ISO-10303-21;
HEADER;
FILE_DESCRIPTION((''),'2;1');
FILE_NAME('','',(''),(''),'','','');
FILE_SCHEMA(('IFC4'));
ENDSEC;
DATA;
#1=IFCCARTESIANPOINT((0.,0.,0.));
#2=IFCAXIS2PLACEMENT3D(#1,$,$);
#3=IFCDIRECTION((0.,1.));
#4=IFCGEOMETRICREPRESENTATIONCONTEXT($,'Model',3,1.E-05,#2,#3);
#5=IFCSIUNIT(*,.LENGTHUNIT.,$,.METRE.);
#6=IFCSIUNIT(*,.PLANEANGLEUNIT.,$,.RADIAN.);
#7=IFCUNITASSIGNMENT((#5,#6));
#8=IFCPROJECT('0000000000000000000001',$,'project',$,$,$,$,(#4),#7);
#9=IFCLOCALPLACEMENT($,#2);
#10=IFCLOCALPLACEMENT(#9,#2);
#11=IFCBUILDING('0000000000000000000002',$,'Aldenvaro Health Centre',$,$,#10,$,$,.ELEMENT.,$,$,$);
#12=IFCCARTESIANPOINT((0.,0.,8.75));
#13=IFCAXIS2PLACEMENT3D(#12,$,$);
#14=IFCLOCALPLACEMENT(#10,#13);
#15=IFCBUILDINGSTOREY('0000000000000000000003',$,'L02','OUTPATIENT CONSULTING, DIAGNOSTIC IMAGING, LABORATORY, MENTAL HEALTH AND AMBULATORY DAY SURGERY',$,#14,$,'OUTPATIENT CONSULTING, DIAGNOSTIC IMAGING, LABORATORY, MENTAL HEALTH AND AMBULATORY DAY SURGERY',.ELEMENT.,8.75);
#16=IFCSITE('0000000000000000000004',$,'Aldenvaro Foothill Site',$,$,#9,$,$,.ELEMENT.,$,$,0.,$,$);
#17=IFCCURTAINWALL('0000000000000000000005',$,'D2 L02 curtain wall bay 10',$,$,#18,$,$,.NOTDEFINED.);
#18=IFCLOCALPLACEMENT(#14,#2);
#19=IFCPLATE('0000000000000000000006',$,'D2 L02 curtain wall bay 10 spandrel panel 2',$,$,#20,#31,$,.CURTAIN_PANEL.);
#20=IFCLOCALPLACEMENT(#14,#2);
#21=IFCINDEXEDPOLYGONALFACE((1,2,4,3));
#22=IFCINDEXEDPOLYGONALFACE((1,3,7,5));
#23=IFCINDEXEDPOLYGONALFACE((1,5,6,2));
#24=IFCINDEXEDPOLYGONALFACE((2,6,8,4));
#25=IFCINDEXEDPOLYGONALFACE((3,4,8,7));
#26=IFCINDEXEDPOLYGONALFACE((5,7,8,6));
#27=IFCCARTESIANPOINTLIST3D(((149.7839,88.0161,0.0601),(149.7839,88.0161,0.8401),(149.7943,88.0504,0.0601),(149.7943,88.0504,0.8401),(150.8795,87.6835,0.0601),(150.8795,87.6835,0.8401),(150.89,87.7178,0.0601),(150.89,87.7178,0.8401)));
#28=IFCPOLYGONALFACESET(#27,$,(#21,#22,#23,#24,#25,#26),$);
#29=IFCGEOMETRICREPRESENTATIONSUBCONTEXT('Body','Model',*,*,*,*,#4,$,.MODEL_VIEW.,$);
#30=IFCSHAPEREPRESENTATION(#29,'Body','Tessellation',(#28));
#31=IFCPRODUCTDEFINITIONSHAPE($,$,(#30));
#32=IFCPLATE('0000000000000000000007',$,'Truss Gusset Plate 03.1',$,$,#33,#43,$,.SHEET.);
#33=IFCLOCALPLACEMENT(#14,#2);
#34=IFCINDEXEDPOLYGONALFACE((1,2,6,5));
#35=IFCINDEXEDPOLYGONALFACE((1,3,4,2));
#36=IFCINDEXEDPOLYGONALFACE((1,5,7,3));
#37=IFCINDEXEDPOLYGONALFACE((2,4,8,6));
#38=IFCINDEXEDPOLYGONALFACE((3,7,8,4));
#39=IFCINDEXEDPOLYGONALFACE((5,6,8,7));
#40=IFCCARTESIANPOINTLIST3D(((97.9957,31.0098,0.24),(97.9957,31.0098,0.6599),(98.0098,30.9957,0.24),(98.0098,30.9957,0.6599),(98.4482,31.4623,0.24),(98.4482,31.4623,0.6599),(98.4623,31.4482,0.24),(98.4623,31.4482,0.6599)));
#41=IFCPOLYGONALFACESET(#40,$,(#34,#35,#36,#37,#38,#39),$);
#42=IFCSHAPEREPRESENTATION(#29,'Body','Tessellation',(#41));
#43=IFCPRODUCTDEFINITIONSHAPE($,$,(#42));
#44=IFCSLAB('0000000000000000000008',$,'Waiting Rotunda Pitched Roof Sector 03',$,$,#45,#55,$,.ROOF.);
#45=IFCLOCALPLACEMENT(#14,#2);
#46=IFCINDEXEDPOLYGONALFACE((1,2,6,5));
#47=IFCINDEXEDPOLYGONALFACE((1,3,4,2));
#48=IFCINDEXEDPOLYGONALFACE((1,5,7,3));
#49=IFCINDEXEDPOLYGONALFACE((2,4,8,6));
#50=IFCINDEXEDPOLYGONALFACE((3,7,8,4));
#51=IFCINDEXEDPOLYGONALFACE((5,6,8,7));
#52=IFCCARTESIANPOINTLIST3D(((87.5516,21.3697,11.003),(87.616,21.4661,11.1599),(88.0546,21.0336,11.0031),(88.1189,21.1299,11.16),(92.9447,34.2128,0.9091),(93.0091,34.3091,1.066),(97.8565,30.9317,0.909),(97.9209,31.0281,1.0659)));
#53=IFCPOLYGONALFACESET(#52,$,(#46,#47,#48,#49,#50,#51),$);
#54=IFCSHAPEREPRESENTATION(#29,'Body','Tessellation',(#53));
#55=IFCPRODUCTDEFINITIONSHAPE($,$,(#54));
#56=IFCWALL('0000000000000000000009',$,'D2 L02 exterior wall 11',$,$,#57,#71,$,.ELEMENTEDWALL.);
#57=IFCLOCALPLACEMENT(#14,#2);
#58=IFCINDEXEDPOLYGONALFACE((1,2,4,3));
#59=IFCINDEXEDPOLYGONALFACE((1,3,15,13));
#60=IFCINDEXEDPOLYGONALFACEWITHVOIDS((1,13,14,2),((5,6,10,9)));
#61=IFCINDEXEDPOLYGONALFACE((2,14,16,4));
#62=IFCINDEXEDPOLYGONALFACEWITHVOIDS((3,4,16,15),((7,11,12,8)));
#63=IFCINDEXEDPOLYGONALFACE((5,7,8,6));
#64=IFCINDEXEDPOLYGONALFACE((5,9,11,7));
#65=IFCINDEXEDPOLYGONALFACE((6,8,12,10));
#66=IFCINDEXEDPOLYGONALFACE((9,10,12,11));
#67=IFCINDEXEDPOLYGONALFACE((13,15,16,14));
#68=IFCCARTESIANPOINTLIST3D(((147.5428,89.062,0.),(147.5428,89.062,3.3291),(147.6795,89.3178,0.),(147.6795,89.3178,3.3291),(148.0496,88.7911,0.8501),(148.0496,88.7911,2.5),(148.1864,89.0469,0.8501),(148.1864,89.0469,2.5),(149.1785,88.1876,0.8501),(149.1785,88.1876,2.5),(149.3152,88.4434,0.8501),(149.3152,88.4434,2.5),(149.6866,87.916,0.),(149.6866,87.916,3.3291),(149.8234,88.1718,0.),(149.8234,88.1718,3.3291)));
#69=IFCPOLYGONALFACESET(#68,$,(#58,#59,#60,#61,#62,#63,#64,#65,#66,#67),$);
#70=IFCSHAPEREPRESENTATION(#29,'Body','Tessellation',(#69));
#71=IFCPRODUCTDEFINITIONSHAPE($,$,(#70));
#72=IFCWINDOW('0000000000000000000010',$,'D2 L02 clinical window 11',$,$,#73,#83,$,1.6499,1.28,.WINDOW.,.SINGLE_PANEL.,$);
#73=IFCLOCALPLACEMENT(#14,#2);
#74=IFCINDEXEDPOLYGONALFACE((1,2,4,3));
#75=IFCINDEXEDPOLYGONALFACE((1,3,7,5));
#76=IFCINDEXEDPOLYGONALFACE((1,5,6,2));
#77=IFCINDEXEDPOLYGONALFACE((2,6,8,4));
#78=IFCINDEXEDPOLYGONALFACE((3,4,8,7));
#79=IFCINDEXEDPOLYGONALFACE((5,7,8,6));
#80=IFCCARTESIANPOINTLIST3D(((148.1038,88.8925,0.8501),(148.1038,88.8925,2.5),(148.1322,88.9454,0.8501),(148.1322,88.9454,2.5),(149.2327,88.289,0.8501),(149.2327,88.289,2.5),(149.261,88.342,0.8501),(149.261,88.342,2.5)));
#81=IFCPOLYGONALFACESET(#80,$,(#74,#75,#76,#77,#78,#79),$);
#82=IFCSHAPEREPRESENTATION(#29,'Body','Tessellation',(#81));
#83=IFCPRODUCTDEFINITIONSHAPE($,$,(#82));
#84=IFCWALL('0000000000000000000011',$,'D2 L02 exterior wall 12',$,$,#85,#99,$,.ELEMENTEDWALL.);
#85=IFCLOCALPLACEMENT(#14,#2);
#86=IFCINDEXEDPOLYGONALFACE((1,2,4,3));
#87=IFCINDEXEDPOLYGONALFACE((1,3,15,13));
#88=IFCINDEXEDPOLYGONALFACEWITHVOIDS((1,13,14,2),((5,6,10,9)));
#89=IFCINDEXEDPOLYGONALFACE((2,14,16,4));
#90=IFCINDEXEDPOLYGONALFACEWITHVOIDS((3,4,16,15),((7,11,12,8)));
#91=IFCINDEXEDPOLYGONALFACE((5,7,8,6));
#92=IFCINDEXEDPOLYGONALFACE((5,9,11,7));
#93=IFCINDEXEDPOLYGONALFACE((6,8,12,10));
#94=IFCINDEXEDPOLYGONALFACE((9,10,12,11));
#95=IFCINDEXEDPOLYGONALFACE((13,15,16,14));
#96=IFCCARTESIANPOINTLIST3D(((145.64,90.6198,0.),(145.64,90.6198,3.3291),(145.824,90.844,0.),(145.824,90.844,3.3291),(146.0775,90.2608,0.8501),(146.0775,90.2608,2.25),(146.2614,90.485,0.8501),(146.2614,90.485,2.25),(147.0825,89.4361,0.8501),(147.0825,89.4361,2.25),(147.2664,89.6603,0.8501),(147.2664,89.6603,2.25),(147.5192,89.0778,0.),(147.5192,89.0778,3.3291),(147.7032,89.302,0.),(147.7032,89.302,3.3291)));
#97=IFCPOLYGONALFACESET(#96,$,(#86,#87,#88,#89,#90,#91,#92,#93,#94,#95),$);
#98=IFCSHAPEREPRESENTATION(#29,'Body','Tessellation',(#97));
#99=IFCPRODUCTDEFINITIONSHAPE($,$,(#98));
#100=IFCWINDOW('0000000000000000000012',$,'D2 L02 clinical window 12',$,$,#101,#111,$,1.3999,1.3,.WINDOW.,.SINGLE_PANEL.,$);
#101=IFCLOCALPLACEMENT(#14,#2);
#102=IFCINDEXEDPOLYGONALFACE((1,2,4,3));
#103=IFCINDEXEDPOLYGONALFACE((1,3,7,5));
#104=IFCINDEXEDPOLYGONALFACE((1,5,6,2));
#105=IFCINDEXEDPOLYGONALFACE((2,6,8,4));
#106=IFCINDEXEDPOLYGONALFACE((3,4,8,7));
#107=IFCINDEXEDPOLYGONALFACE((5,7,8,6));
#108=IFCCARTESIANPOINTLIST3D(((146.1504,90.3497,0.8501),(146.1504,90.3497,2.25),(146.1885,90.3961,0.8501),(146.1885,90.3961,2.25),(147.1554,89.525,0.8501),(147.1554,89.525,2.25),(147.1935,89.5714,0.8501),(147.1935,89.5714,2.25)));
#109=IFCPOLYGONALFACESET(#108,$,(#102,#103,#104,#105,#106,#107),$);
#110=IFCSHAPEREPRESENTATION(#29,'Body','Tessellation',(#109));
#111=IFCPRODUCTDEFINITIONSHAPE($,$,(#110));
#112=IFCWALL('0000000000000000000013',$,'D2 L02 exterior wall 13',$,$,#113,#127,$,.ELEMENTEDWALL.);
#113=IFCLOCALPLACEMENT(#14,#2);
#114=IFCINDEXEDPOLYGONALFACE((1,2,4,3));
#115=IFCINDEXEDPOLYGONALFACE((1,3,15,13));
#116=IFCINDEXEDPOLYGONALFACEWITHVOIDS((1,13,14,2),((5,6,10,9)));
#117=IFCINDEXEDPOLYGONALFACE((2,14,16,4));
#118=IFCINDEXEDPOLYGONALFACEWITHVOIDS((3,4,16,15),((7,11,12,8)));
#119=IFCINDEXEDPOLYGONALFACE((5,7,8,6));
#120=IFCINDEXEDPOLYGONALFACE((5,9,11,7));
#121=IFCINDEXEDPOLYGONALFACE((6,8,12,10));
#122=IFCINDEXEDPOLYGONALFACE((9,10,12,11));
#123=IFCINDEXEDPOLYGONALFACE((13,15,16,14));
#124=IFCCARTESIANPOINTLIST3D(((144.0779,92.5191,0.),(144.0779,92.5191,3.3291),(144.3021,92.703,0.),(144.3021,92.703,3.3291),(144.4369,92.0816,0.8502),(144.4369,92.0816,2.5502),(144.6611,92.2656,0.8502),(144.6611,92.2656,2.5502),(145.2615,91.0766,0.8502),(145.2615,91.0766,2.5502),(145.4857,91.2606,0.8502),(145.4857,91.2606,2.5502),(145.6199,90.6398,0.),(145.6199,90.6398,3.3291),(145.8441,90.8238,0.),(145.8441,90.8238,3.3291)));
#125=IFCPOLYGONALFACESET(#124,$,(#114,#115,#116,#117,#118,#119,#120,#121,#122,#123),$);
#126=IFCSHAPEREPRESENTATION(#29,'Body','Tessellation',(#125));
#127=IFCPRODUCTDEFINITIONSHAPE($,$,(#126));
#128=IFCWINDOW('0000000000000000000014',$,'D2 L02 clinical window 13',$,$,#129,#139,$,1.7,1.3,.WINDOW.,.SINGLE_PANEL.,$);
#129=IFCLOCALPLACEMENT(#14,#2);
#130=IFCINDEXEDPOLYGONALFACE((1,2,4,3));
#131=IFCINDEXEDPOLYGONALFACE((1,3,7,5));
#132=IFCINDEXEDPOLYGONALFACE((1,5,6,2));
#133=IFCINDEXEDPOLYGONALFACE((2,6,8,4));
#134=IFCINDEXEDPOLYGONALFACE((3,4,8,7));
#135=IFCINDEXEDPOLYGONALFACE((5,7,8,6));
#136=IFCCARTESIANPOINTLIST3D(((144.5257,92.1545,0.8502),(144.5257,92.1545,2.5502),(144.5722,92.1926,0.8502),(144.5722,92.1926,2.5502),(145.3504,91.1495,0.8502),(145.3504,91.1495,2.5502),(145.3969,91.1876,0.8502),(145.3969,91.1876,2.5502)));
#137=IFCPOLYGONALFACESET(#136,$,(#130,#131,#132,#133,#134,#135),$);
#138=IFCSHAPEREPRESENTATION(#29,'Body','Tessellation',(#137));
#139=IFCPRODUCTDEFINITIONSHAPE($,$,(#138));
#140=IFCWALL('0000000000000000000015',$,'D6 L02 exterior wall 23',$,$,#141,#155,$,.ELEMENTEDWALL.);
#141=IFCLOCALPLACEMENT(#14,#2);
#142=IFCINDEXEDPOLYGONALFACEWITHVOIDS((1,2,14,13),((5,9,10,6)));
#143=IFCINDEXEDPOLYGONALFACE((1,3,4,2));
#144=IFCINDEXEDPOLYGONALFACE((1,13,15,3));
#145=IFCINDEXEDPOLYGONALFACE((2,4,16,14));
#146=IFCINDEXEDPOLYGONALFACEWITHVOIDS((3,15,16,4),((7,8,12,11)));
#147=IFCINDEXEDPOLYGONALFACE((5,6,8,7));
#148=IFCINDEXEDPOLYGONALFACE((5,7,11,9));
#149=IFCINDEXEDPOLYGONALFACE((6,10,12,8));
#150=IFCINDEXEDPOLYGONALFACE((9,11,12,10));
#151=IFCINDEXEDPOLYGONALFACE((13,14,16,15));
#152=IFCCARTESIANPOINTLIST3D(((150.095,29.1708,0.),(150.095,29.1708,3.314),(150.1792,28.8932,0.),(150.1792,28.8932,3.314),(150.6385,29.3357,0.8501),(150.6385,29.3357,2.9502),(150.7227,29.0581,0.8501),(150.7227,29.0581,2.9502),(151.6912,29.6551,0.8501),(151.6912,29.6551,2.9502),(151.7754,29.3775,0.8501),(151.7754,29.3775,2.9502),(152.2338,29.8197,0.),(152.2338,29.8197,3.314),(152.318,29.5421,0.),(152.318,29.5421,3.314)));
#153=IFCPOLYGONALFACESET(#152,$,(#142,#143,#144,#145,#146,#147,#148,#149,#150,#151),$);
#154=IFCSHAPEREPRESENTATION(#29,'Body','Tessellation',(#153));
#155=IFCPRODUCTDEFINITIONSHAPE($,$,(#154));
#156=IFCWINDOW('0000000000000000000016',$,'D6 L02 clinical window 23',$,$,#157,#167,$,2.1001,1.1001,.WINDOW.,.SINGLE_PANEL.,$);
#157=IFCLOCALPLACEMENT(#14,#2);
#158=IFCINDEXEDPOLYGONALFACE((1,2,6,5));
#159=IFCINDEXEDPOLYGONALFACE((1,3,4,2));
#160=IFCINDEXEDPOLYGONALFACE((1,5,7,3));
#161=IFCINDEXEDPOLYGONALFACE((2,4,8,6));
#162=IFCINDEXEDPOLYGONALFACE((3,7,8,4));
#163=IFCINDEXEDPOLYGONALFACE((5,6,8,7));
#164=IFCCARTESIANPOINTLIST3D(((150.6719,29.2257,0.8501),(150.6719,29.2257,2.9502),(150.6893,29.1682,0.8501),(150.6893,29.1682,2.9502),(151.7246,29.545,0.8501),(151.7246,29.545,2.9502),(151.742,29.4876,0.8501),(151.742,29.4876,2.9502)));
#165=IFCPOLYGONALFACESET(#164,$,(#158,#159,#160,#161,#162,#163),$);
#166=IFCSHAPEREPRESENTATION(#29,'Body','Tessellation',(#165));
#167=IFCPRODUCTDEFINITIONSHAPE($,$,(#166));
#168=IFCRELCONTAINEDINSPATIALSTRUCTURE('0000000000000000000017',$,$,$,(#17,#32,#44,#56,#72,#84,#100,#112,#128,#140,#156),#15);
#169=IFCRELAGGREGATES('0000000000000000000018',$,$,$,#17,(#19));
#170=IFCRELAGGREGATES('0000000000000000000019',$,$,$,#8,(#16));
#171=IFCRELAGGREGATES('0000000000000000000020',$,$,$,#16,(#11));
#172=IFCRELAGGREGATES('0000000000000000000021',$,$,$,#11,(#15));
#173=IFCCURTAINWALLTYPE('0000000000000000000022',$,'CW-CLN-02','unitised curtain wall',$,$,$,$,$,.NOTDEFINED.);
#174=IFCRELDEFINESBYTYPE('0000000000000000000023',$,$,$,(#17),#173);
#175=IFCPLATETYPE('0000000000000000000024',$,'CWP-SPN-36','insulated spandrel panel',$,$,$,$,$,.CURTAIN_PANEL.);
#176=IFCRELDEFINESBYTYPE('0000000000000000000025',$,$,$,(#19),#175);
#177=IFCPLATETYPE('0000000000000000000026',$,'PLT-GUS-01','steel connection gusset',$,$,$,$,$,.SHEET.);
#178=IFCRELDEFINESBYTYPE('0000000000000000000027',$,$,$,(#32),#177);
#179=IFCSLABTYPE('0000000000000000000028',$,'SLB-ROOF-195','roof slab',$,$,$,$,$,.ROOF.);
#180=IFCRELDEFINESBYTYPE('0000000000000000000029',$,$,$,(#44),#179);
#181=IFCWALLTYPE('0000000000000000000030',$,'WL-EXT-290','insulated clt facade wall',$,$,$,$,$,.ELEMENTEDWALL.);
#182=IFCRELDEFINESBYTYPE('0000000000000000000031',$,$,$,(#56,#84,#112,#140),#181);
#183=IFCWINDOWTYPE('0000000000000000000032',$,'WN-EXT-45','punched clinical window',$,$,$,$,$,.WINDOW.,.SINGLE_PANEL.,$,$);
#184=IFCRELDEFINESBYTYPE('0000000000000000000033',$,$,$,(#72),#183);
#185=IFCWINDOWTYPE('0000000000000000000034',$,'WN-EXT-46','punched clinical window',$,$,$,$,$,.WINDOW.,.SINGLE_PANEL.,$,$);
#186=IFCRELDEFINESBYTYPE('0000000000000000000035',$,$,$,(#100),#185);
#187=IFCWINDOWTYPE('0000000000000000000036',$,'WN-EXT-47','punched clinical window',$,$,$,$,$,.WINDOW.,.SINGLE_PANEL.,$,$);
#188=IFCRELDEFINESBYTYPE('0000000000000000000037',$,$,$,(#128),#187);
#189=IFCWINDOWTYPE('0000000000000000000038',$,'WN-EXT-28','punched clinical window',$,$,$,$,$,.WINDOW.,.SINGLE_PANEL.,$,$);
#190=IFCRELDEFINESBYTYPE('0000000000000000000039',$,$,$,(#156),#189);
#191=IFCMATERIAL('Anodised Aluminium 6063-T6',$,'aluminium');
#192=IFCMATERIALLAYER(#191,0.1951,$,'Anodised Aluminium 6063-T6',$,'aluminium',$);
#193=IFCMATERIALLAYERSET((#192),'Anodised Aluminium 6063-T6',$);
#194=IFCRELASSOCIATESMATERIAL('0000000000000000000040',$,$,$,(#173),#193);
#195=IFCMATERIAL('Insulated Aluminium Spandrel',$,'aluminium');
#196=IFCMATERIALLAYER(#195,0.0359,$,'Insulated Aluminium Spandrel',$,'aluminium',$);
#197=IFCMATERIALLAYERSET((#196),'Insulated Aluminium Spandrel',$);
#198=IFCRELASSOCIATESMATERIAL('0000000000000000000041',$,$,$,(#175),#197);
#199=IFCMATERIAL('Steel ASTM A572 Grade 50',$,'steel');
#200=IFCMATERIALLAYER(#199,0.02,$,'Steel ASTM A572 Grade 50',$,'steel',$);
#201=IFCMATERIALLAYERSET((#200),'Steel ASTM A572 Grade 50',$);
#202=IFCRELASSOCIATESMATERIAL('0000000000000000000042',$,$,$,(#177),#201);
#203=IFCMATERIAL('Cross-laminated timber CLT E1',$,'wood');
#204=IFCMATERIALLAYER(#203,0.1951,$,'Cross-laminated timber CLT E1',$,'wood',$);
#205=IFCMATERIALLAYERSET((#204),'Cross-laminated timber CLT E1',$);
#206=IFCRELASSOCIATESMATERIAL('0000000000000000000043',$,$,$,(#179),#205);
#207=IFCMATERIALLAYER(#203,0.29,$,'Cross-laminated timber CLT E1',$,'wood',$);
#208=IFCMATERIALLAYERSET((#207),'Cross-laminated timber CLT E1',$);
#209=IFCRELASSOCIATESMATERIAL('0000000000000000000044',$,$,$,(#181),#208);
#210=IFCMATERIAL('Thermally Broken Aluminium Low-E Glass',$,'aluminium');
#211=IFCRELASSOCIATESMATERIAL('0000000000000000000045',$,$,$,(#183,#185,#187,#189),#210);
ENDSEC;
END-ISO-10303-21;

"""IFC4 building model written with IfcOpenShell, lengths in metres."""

from ifc_helpers import new_model, si_unit, direction, frame, frame_2d, origin, origin_2d, place, context, subcontext, project, spatial, polyline, rectangle, outline, extrude, material, layer, layer_set, type_object, element, fill, aggregate, save


model = new_model("IFC4")

# Units and contexts
model_context = context("Model", 3, precision=1e-05, world=origin(), true_north=direction((0.0, 1.0)))
body_context = subcontext(model_context, "Body", "Model", "MODEL_VIEW")
ifc_project = project(units=[si_unit("LENGTHUNIT", "METRE"), si_unit("PLANEANGLEUNIT", "RADIAN")], contexts=[model_context])

# Site, building, storey
site_placement = place(None, origin())
site = spatial("IfcSite", under=ifc_project, at=site_placement, Name="Aldenvaro Foothill Site", CompositionType="ELEMENT", RefElevation=0.0)
building_placement = place(site_placement, origin())
building = spatial("IfcBuilding", under=site, at=building_placement, Name="Aldenvaro Health Centre", CompositionType="ELEMENT")
storey_placement = place(building_placement, frame((0.0, 0.0, 8.75)))
storey = spatial("IfcBuildingStorey", under=building, at=storey_placement, Name="L02", Description="OUTPATIENT CONSULTING, DIAGNOSTIC IMAGING, LABORATORY, MENTAL HEALTH AND AMBULATORY DAY SURGERY", LongName="OUTPATIENT CONSULTING, DIAGNOSTIC IMAGING, LABORATORY, MENTAL HEALTH AND AMBULATORY DAY SURGERY", CompositionType="ELEMENT", Elevation=8.75)

# Curtain wall
ifc_material_1 = material(Name="Anodised Aluminium 6063-T6", Category="aluminium")
ifc_layer_1 = layer(ifc_material_1, 0.1951, Name="Anodised Aluminium 6063-T6", Category="aluminium")
ifc_layer_set_1 = layer_set([ifc_layer_1], Name="Anodised Aluminium 6063-T6")
curtain_wall_type = type_object("IfcCurtainWallType", Name="CW-CLN-02", Description="unitised curtain wall", PredefinedType="NOTDEFINED", material=ifc_layer_set_1)
curtain_wall_1_placement = place(storey_placement, origin())
curtain_wall_1 = element("IfcCurtainWall", 1, at=curtain_wall_1_placement, inside=storey, type_object=curtain_wall_type, Name="D2 L02 curtain wall bay 10", PredefinedType="NOTDEFINED")

# Plates
ifc_material_2 = material(Name="Insulated Aluminium Spandrel", Category="aluminium")
ifc_layer_2 = layer(ifc_material_2, 0.0359, Name="Insulated Aluminium Spandrel", Category="aluminium")
ifc_layer_set_2 = layer_set([ifc_layer_2], Name="Insulated Aluminium Spandrel")
plate_type_1 = type_object("IfcPlateType", Name="CWP-SPN-36", Description="insulated spandrel panel", PredefinedType="CURTAIN_PANEL", material=ifc_layer_set_2)
plate_1_placement = place(storey_placement, frame((150.3369, 87.8669, 0.0601), z_axis=(0.0, 0.0, 1.0), x_axis=(-0.956893, 0.290441, 0.0)))
plate_1 = element("IfcPlate", 2, at=plate_1_placement, type_object=plate_type_1, Name="D2 L02 curtain wall bay 10 spandrel panel 2", PredefinedType="CURTAIN_PANEL", context=body_context, shape_type="SweptSolid", body=[
    extrude(rectangle(XDim=1.145, YDim=0.0359, at=origin_2d()), origin(), (0.0, 0.0, 1.0), 0.78),
])
aggregate(curtain_wall_1, [plate_1])
ifc_material_3 = material(Name="Steel ASTM A572 Grade 50", Category="steel")
ifc_layer_3 = layer(ifc_material_3, 0.02, Name="Steel ASTM A572 Grade 50", Category="steel")
ifc_layer_set_3 = layer_set([ifc_layer_3], Name="Steel ASTM A572 Grade 50")
plate_type_2 = type_object("IfcPlateType", Name="PLT-GUS-01", Description="steel connection gusset", PredefinedType="SHEET", material=ifc_layer_set_3)
plate_2_placement = place(storey_placement, frame((98.229, 31.229, 0.24), z_axis=(0.0, 0.0, 1.0), x_axis=(0.707107, 0.707107, 0.0)))
element("IfcPlate", 3, at=plate_2_placement, inside=storey, type_object=plate_type_2, Name="Truss Gusset Plate 03.1", PredefinedType="SHEET", context=body_context, shape_type="SweptSolid", body=[
    extrude(rectangle(XDim=0.6399, YDim=0.02, at=origin_2d()), origin(), (0.0, 0.0, 1.0), 0.4199),
])

# Slab
ifc_material_4 = material(Name="Cross-laminated timber CLT E1", Category="wood")
ifc_layer_4 = layer(ifc_material_4, 0.1951, Name="Cross-laminated timber CLT E1", Category="wood")
ifc_layer_set_4 = layer_set([ifc_layer_4], Name="Cross-laminated timber CLT E1")
slab_type = type_object("IfcSlabType", Name="SLB-ROOF-195", Description="roof slab", PredefinedType="ROOF", material=ifc_layer_set_4)
slab_placement = place(storey_placement, frame((97.9209, 31.0281, 1.0659), z_axis=(0.329879, 0.493817, 0.804565), x_axis=(-0.831542, 0.555462, 0.000014)))
element("IfcSlab", 4, at=slab_placement, inside=storey, type_object=slab_type, Name="Waiting Rotunda Pitched Roof Sector 03", PredefinedType="ROOF", context=body_context, shape_type="SweptSolid", body=[
    extrude(outline(polyline([(0.0, 0.0), (5.9069, 0.0), (3.2578, 16.997), (2.6528, 16.9972), (0.0, 0.0)])), origin(), (0.0, 0.0, -1.0), 0.1951),
])

# Walls, openings, windows
ifc_layer_5 = layer(ifc_material_4, 0.29, Name="Cross-laminated timber CLT E1", Category="wood")
ifc_layer_set_5 = layer_set([ifc_layer_5], Name="Cross-laminated timber CLT E1")
wall_type_1 = type_object("IfcWallType", Name="WL-EXT-290", Description="insulated clt facade wall", PredefinedType="ELEMENTEDWALL", material=ifc_layer_set_5)
wall_1_placement = place(storey_placement, frame((149.7549, 88.0439, 0.0), z_axis=(0.0, 0.0, 1.0), x_axis=(-0.881902, 0.471432, 0.0)))
wall_1 = element("IfcWall", 5, at=wall_1_placement, inside=storey, type_object=wall_type_1, Name="D2 L02 exterior wall 11", PredefinedType="ELEMENTEDWALL", context=body_context, shape_type="SweptSolid", body=[
    extrude(rectangle(XDim=2.4309, YDim=0.29, at=frame_2d((1.2153, 0.0))), origin(), (0.0, 0.0, 1.0), 3.3291),
])
opening_1_placement = place(wall_1_placement, frame((0.5759, 0.0, 0.8501)))
opening_1 = element("IfcOpeningElement", 6, at=opening_1_placement, cuts=wall_1, PredefinedType="OPENING", context=body_context, shape_type="SweptSolid", body=[
    extrude(rectangle(XDim=1.28, YDim=1.6499, at=frame_2d((0.6401, 0.825))), frame((0.0, 0.155, 0.0), z_axis=(0.0, -1.0, 0.0), x_axis=(1.0, 0.0, 0.0)), (0.0, 0.0, 1.0), 0.3101),
])
ifc_material_5 = material(Name="Thermally Broken Aluminium Low-E Glass", Category="aluminium")
window_type_1 = type_object("IfcWindowType", Name="WN-EXT-45", Description="punched clinical window", PartitioningType="SINGLE_PANEL", PredefinedType="WINDOW", material=ifc_material_5)
window_1_placement = place(opening_1_placement, origin())
window_1 = element("IfcWindow", 7, at=window_1_placement, inside=storey, type_object=window_type_1, Name="D2 L02 clinical window 11", OverallHeight=1.6499, OverallWidth=1.28, PartitioningType="SINGLE_PANEL", PredefinedType="WINDOW", context=body_context, shape_type="SweptSolid", body=[
    extrude(rectangle(XDim=1.28, YDim=1.6499, at=frame_2d((0.6401, 0.825))), frame((0.0, 0.03, 0.0), z_axis=(0.0, -1.0, 0.0), x_axis=(1.0, 0.0, 0.0)), (0.0, 0.0, 1.0), 0.0601),
])
fill(opening_1, window_1)
wall_2_placement = place(storey_placement, frame((147.6111, 89.1899, 0.0), z_axis=(0.0, 0.0, 1.0), x_axis=(-0.773048, 0.634347, 0.0)))
wall_2 = element("IfcWall", 8, at=wall_2_placement, inside=storey, type_object=wall_type_1, Name="D2 L02 exterior wall 12", PredefinedType="ELEMENTEDWALL", context=body_context, shape_type="SweptSolid", body=[
    extrude(rectangle(XDim=2.4309, YDim=0.29, at=frame_2d((1.2153, 0.0))), origin(), (0.0, 0.0, 1.0), 3.3291),
])
opening_2_placement = place(wall_2_placement, frame((0.5649, 0.0, 0.8501)))
opening_2 = element("IfcOpeningElement", 9, at=opening_2_placement, cuts=wall_2, PredefinedType="OPENING", context=body_context, shape_type="SweptSolid", body=[
    extrude(rectangle(XDim=1.3, YDim=1.3999, at=frame_2d((0.6499, 0.7))), frame((0.0, 0.155, 0.0), z_axis=(0.0, -1.0, 0.0), x_axis=(1.0, 0.0, 0.0)), (0.0, 0.0, 1.0), 0.3101),
])
window_type_2 = type_object("IfcWindowType", Name="WN-EXT-46", Description="punched clinical window", PartitioningType="SINGLE_PANEL", PredefinedType="WINDOW", material=ifc_material_5)
window_2_placement = place(opening_2_placement, origin())
window_2 = element("IfcWindow", 10, at=window_2_placement, inside=storey, type_object=window_type_2, Name="D2 L02 clinical window 12", OverallHeight=1.3999, OverallWidth=1.3, PartitioningType="SINGLE_PANEL", PredefinedType="WINDOW", context=body_context, shape_type="SweptSolid", body=[
    extrude(rectangle(XDim=1.3, YDim=1.3999, at=frame_2d((0.6499, 0.7))), frame((0.0, 0.03, 0.0), z_axis=(0.0, -1.0, 0.0), x_axis=(1.0, 0.0, 0.0)), (0.0, 0.0, 1.0), 0.0601),
])
fill(opening_2, window_2)
wall_3_placement = place(storey_placement, frame((145.7319, 90.7319, 0.0), z_axis=(0.0, 0.0, 1.0), x_axis=(-0.634347, 0.773048, 0.0)))
wall_3 = element("IfcWall", 11, at=wall_3_placement, inside=storey, type_object=wall_type_1, Name="D2 L02 exterior wall 13", PredefinedType="ELEMENTEDWALL", context=body_context, shape_type="SweptSolid", body=[
    extrude(rectangle(XDim=2.4309, YDim=0.29, at=frame_2d((1.2153, 0.0))), origin(), (0.0, 0.0, 1.0), 3.3291),
])
opening_3_placement = place(wall_3_placement, frame((0.5649, 0.0, 0.8501)))
opening_3 = element("IfcOpeningElement", 12, at=opening_3_placement, cuts=wall_3, PredefinedType="OPENING", context=body_context, shape_type="SweptSolid", body=[
    extrude(rectangle(XDim=1.3, YDim=1.7, at=frame_2d((0.6499, 0.8501))), frame((0.0, 0.155, 0.0), z_axis=(0.0, -1.0, 0.0), x_axis=(1.0, 0.0, 0.0)), (0.0, 0.0, 1.0), 0.3101),
])
window_type_3 = type_object("IfcWindowType", Name="WN-EXT-47", Description="punched clinical window", PartitioningType="SINGLE_PANEL", PredefinedType="WINDOW", material=ifc_material_5)
window_3_placement = place(opening_3_placement, origin())
window_3 = element("IfcWindow", 13, at=window_3_placement, inside=storey, type_object=window_type_3, Name="D2 L02 clinical window 13", OverallHeight=1.7, OverallWidth=1.3, PartitioningType="SINGLE_PANEL", PredefinedType="WINDOW", context=body_context, shape_type="SweptSolid", body=[
    extrude(rectangle(XDim=1.3, YDim=1.7, at=frame_2d((0.6499, 0.8501))), frame((0.0, 0.03, 0.0), z_axis=(0.0, -1.0, 0.0), x_axis=(1.0, 0.0, 0.0)), (0.0, 0.0, 1.0), 0.0601),
])
fill(opening_3, window_3)
wall_4_placement = place(storey_placement, frame((150.137, 29.032, 0.0), z_axis=(0.0, 0.0, 1.0), x_axis=(0.956929, 0.290323, 0.0)))
wall_4 = element("IfcWall", 14, at=wall_4_placement, inside=storey, type_object=wall_type_1, Name="D6 L02 exterior wall 23", PredefinedType="ELEMENTEDWALL", context=body_context, shape_type="SweptSolid", body=[
    extrude(rectangle(XDim=2.2351, YDim=0.29, at=frame_2d((1.1177, 0.0))), origin(), (0.0, 0.0, 1.0), 3.314),
])
opening_4_placement = place(wall_4_placement, frame((0.5681, 0.0, 0.8501)))
opening_4 = element("IfcOpeningElement", 15, at=opening_4_placement, cuts=wall_4, PredefinedType="OPENING", context=body_context, shape_type="SweptSolid", body=[
    extrude(rectangle(XDim=1.1001, YDim=2.1001, at=frame_2d((0.55, 1.05))), frame((0.0, 0.155, 0.0), z_axis=(0.0, -1.0, 0.0), x_axis=(1.0, 0.0, 0.0)), (0.0, 0.0, 1.0), 0.3101),
])
window_type_4 = type_object("IfcWindowType", Name="WN-EXT-28", Description="punched clinical window", PartitioningType="SINGLE_PANEL", PredefinedType="WINDOW", material=ifc_material_5)
window_4_placement = place(opening_4_placement, origin())
window_4 = element("IfcWindow", 16, at=window_4_placement, inside=storey, type_object=window_type_4, Name="D6 L02 clinical window 23", OverallHeight=2.1001, OverallWidth=1.1001, PartitioningType="SINGLE_PANEL", PredefinedType="WINDOW", context=body_context, shape_type="SweptSolid", body=[
    extrude(rectangle(XDim=1.1001, YDim=2.1001, at=frame_2d((0.55, 1.05))), frame((0.0, 0.03, 0.0), z_axis=(0.0, -1.0, 0.0), x_axis=(1.0, 0.0, 0.0)), (0.0, 0.0, 1.0), 0.0601),
])
fill(opening_4, window_4)

save(model, "model.ifc")
